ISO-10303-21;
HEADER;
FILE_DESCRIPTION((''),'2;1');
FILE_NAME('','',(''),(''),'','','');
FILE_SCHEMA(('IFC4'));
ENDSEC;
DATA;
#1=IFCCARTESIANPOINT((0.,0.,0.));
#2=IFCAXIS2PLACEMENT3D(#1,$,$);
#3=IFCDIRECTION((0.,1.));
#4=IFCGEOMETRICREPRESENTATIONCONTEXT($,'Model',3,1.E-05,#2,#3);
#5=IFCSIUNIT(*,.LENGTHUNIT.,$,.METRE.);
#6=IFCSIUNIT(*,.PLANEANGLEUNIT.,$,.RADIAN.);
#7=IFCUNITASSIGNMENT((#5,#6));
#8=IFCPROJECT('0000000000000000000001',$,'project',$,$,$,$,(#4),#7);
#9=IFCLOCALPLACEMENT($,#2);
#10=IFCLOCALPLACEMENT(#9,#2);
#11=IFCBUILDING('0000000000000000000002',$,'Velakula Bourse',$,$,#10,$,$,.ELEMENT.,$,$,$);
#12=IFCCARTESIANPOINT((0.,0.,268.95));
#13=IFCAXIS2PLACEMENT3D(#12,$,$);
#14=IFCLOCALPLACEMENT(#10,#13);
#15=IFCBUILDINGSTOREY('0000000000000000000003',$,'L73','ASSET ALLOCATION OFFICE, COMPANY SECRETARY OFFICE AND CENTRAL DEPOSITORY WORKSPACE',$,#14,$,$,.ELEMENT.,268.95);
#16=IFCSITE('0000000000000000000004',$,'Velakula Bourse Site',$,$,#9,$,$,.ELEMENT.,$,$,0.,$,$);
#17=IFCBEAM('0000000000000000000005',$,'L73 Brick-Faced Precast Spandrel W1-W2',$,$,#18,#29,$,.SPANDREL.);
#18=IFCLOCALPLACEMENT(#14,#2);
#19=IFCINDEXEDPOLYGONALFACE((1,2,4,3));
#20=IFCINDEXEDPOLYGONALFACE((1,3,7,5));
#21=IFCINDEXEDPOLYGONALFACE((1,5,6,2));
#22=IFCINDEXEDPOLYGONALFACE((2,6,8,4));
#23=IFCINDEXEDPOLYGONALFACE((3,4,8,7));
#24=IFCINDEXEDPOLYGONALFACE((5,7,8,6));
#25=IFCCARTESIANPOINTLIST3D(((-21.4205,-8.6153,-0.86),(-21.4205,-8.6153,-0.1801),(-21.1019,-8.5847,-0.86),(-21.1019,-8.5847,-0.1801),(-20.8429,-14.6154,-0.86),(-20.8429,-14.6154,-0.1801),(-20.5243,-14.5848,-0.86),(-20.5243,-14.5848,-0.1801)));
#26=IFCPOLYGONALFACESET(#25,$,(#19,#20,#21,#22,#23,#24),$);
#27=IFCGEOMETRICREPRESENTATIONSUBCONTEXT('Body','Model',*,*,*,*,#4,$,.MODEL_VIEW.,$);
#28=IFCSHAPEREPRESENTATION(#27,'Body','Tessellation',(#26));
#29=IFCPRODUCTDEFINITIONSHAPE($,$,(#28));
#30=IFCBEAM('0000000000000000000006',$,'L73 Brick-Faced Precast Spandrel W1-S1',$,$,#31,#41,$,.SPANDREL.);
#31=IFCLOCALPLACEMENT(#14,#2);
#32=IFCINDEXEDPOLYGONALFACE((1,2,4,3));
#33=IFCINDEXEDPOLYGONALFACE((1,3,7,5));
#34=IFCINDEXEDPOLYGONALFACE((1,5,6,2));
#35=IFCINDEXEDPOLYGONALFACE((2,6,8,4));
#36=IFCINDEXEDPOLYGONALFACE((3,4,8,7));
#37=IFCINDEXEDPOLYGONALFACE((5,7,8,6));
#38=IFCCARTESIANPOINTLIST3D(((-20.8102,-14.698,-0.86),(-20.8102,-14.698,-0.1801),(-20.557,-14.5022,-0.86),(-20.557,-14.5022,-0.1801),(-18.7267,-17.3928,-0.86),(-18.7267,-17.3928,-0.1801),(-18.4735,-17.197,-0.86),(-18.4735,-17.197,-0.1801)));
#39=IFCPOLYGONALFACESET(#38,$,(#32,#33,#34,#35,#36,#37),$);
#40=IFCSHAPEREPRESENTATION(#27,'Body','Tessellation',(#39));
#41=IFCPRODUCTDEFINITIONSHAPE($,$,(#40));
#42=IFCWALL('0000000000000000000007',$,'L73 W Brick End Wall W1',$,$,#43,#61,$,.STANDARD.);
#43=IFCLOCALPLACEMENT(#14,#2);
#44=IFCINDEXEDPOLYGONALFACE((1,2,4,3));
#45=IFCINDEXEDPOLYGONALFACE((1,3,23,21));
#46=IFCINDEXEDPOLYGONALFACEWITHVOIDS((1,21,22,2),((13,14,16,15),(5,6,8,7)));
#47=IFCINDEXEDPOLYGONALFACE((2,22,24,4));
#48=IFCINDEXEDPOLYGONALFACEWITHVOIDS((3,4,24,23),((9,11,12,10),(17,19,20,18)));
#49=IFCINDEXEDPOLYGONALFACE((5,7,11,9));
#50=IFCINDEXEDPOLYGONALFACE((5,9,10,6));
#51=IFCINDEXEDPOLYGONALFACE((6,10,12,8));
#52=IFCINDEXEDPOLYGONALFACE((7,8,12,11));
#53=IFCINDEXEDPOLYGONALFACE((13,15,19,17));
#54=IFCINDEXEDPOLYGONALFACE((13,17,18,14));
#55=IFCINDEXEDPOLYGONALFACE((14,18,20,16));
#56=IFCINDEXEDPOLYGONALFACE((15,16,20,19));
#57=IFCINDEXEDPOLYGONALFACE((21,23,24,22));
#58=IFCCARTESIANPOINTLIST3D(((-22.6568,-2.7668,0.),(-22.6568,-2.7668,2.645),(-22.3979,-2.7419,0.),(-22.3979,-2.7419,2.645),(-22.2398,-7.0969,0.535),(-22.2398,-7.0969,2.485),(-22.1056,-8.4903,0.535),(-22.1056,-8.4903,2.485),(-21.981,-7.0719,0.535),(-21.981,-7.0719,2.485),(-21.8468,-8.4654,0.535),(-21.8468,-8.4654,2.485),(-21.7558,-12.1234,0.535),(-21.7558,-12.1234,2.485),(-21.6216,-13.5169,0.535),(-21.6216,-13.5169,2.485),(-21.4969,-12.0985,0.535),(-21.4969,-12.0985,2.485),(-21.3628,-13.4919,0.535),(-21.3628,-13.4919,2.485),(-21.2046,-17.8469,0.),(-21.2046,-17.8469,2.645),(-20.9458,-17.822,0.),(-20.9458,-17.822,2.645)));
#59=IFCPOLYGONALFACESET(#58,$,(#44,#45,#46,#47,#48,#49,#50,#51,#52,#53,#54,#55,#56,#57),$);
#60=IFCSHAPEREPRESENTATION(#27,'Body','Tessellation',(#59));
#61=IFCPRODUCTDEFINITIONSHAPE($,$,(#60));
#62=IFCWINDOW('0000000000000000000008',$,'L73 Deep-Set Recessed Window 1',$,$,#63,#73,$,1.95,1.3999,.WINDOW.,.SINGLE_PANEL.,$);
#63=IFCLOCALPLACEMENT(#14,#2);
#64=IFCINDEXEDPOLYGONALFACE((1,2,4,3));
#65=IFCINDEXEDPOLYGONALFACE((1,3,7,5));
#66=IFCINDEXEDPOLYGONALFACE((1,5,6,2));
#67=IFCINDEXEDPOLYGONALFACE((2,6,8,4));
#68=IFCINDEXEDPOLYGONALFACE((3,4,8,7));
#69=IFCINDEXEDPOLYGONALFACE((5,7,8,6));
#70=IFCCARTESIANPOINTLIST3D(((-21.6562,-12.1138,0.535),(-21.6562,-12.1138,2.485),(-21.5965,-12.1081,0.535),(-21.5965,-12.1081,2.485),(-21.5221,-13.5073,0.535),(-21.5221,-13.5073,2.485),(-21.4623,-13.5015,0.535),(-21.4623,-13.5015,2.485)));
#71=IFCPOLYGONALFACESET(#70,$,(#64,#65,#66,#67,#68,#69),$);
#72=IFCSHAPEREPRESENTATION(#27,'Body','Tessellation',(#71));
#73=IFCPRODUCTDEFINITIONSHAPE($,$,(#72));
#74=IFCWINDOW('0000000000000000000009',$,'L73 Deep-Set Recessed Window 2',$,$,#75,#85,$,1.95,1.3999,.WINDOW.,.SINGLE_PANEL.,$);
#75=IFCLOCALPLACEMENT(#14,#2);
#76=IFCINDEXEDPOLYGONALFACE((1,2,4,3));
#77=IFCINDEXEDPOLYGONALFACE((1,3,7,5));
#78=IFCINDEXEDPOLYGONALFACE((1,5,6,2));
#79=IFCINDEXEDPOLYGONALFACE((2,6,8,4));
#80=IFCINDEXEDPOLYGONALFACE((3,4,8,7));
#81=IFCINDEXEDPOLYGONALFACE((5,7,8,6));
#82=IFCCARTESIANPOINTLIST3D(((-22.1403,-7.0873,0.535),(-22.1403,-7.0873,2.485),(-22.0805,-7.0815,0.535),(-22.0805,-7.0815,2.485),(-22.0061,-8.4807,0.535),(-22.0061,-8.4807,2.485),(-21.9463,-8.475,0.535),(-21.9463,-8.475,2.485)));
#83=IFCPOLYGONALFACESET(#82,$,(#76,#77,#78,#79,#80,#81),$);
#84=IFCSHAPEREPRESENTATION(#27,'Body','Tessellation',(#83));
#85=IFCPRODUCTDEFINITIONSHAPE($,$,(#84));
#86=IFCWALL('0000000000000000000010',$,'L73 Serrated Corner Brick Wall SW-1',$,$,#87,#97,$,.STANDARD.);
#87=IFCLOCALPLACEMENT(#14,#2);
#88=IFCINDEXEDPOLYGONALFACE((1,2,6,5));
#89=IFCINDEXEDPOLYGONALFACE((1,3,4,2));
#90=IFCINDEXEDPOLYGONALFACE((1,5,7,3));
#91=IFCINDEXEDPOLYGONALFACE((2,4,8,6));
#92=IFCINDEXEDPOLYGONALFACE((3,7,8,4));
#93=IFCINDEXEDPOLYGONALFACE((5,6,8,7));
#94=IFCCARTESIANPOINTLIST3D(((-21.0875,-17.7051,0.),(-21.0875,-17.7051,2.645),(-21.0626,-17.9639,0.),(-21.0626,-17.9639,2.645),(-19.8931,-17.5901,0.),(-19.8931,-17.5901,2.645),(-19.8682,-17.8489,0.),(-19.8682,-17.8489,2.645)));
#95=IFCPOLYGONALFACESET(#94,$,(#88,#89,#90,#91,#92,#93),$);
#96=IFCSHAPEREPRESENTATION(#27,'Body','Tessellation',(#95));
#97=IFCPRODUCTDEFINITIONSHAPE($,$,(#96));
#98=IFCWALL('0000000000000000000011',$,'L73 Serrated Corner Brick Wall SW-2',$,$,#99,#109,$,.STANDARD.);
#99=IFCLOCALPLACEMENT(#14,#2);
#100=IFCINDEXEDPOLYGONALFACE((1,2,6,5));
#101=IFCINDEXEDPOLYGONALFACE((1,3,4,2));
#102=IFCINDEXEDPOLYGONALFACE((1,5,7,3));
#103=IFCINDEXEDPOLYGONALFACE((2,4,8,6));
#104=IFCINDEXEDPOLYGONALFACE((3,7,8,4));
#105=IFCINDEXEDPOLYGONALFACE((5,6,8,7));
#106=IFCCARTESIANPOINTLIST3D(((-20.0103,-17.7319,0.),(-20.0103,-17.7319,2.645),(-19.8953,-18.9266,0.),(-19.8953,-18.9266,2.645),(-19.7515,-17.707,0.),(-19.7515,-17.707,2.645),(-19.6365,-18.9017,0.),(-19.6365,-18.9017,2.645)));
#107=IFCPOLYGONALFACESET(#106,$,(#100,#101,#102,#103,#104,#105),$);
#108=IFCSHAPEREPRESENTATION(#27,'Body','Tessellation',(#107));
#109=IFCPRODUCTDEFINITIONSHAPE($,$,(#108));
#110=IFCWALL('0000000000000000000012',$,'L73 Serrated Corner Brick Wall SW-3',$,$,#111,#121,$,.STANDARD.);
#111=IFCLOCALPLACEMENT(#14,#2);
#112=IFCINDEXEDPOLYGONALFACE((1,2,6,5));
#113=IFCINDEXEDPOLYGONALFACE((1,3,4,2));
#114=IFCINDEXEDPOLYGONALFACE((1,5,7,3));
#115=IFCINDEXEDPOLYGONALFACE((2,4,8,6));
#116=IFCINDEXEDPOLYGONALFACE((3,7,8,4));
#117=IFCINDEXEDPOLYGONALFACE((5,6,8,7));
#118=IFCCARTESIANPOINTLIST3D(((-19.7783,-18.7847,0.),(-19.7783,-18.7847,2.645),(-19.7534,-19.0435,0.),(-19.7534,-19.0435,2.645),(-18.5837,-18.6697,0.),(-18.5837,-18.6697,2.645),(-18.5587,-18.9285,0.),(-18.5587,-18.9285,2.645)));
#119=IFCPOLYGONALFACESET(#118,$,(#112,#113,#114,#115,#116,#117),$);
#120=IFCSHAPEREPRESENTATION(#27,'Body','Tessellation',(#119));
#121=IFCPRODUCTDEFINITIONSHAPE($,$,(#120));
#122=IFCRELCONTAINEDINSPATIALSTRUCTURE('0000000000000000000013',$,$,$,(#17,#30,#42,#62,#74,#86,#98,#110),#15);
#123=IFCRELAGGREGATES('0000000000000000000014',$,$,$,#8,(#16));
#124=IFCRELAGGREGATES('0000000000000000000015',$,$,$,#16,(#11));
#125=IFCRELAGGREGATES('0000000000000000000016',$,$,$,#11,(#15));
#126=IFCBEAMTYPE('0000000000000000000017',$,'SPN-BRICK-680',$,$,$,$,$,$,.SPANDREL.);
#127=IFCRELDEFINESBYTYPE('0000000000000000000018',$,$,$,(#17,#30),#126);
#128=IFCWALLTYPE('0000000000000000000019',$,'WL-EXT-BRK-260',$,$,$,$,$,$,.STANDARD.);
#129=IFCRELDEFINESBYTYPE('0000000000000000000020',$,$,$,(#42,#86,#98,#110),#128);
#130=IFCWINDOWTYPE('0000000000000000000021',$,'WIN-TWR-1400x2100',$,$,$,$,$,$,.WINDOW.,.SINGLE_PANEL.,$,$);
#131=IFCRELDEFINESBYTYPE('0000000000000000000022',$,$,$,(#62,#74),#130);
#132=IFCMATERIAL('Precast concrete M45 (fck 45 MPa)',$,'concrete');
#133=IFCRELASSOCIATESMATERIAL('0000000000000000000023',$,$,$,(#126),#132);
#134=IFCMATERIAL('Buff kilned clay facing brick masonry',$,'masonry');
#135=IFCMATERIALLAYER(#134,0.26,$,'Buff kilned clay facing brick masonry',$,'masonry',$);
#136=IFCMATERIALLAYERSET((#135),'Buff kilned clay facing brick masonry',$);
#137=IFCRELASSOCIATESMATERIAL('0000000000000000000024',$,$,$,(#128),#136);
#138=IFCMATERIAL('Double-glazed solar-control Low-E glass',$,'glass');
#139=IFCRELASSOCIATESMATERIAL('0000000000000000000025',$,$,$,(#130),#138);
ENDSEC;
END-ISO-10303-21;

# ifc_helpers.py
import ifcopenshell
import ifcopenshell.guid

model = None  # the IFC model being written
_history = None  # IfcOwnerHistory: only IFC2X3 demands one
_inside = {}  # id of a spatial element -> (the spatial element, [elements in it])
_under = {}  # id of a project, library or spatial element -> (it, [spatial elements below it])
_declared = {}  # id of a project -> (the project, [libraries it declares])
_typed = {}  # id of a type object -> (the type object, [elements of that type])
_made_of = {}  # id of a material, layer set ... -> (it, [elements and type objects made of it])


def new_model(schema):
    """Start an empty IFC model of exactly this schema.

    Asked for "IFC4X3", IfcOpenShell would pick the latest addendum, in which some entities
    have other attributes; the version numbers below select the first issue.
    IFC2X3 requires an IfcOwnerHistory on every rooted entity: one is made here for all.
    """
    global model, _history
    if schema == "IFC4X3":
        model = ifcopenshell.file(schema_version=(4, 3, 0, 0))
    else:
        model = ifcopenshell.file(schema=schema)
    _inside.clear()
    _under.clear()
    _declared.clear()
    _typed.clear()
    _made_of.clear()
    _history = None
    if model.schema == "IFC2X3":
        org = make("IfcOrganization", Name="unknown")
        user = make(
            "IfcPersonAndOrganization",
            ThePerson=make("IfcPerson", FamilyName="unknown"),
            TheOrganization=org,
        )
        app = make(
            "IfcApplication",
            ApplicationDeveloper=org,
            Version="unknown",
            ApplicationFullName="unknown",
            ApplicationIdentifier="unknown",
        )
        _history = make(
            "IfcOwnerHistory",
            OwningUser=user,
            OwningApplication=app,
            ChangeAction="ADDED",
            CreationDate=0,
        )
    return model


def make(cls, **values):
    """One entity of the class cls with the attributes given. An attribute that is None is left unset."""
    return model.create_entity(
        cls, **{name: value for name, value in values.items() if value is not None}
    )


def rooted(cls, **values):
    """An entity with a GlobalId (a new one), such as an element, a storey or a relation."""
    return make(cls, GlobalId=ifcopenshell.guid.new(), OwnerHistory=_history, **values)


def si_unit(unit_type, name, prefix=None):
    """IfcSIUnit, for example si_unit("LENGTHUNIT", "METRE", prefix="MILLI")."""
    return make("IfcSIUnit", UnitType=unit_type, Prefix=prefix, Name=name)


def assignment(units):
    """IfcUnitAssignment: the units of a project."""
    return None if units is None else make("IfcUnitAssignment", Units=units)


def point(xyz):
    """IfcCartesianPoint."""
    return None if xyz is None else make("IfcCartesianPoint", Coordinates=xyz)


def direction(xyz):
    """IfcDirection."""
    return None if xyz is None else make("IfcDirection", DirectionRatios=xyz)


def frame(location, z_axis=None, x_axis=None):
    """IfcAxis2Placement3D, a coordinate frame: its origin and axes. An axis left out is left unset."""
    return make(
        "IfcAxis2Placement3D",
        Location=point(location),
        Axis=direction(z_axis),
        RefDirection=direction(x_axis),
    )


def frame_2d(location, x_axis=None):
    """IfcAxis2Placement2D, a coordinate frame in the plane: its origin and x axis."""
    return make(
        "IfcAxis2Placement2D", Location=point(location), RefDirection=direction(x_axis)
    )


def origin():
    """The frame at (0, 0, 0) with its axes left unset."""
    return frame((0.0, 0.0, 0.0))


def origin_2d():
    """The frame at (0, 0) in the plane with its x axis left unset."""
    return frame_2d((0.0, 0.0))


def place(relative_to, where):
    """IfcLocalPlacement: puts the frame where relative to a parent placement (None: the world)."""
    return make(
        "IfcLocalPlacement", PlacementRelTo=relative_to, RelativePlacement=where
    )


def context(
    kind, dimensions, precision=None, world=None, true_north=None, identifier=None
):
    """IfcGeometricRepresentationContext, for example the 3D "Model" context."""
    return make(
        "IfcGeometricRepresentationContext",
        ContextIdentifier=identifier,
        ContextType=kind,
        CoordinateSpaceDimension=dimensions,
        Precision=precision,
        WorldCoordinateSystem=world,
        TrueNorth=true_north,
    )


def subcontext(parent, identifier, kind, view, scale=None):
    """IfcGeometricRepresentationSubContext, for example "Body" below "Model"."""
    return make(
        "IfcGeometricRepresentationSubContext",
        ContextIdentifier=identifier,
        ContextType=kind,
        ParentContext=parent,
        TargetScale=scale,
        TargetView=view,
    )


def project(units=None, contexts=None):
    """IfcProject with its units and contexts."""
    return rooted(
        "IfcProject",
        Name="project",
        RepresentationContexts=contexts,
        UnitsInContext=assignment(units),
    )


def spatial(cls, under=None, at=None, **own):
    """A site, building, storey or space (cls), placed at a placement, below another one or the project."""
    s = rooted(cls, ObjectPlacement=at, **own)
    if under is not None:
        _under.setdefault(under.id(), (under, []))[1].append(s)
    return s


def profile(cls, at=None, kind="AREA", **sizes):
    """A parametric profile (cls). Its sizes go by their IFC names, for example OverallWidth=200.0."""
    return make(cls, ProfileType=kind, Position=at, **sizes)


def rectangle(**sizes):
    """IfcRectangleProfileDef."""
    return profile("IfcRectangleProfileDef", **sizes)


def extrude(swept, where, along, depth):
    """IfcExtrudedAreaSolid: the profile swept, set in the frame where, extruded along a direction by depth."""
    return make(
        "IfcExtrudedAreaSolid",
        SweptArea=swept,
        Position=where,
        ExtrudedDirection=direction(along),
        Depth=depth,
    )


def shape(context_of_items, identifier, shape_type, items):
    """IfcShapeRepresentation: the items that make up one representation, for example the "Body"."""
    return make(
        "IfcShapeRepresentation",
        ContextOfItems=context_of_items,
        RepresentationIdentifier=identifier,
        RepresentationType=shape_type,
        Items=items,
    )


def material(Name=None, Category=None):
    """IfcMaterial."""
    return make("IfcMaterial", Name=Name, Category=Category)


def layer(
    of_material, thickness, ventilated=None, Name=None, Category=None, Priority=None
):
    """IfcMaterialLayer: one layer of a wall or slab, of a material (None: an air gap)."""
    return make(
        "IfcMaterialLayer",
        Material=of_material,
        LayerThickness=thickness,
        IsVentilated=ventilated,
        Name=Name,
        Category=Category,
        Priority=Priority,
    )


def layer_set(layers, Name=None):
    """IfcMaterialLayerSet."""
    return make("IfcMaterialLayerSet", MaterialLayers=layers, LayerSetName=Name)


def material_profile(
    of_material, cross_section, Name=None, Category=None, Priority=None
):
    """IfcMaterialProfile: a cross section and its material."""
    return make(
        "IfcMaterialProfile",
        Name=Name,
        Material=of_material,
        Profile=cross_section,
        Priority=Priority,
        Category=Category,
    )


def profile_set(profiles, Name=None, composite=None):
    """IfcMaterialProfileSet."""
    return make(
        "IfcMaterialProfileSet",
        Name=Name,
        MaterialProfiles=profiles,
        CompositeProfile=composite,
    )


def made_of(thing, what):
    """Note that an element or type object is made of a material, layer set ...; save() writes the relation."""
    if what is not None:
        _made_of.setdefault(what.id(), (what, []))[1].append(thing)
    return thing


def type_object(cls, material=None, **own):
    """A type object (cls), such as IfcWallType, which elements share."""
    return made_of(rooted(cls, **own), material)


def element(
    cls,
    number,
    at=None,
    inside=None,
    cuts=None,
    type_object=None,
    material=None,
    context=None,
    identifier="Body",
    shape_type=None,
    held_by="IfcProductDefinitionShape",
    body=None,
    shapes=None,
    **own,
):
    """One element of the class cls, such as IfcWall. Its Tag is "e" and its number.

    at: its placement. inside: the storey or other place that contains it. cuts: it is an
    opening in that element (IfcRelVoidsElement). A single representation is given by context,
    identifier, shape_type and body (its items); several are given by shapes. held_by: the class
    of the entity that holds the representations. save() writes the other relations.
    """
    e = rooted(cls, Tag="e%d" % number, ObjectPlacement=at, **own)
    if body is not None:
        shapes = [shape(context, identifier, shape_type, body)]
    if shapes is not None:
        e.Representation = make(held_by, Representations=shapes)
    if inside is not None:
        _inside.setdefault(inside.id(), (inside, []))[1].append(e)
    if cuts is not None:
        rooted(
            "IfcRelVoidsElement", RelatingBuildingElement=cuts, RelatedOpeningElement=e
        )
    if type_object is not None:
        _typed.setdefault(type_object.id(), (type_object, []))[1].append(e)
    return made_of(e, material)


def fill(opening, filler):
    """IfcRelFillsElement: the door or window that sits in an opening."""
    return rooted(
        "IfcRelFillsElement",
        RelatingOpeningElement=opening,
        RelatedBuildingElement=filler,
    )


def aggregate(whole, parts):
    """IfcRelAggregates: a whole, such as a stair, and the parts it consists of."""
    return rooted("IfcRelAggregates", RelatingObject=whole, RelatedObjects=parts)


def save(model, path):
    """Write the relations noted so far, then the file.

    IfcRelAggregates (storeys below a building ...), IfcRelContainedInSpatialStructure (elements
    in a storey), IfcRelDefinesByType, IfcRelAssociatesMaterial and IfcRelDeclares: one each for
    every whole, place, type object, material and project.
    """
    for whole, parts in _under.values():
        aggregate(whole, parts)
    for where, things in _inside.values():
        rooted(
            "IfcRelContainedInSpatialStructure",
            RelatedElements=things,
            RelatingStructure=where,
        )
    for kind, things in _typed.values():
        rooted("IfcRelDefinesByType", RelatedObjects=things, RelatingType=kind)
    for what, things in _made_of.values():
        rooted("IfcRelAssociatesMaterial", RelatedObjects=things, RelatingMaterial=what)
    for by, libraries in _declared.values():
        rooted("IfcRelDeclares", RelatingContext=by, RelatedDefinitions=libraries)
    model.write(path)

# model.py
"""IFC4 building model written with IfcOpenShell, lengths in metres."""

from ifc_helpers import new_model, si_unit, direction, frame, frame_2d, origin, origin_2d, place, context, subcontext, project, spatial, rectangle, extrude, material, layer, layer_set, material_profile, profile_set, type_object, element, fill, save


model = new_model("IFC4")

# Units and contexts
model_context = context("Model", 3, precision=1e-05, world=origin(), true_north=direction((0.0, 1.0)))
body_context = subcontext(model_context, "Body", "Model", "MODEL_VIEW")
ifc_project = project(units=[si_unit("LENGTHUNIT", "METRE"), si_unit("PLANEANGLEUNIT", "RADIAN")], contexts=[model_context])

# Site, building, storey
site_placement = place(None, origin())
site = spatial("IfcSite", under=ifc_project, at=site_placement, Name="Velakula Bourse Site", CompositionType="ELEMENT", RefElevation=0.0)
building_placement = place(site_placement, origin())
building = spatial("IfcBuilding", under=site, at=building_placement, Name="Velakula Bourse", CompositionType="ELEMENT")
storey_placement = place(building_placement, frame((0.0, 0.0, 268.95)))
storey = spatial("IfcBuildingStorey", under=building, at=storey_placement, Name="L73", Description="ASSET ALLOCATION OFFICE, COMPANY SECRETARY OFFICE AND CENTRAL DEPOSITORY WORKSPACE", CompositionType="ELEMENT", Elevation=268.95)

# Shared definitions
ifc_material_1 = material(Name="Precast concrete M45 (fck 45 MPa)", Category="concrete")

# Beams
ifc_material_profile_1 = material_profile(ifc_material_1, rectangle(XDim=0.3201, YDim=0.6799, at=origin_2d()), Name="Precast concrete M45 (fck 45 MPa)")
ifc_profile_set_1 = profile_set([ifc_material_profile_1], Name="Precast concrete M45 (fck 45 MPa)")
beam_type_1 = type_object("IfcBeamType", Name="SPN-BRICK-680", PredefinedType="SPANDREL", material=ifc_profile_set_1)
beam_1_placement = place(storey_placement, frame((-20.6836, -14.6001, -0.52), z_axis=(-0.09583, 0.995398, 0.0), x_axis=(-0.995398, -0.09583, 0.0)))
element("IfcBeam", 1, at=beam_1_placement, inside=storey, type_object=beam_type_1, Name="L73 Brick-Faced Precast Spandrel W1-W2", PredefinedType="SPANDREL", context=body_context, shape_type="SweptSolid", body=[
    extrude(rectangle(XDim=0.3201, YDim=0.6799, at=origin_2d()), origin(), (0.0, 0.0, 1.0), 6.0278),
])
beam_2_placement = place(storey_placement, frame((-20.6836, -14.6001, -0.52), z_axis=(0.611656, -0.791124, 0.0), x_axis=(0.791124, 0.611656, 0.0)))
element("IfcBeam", 2, at=beam_2_placement, inside=storey, type_object=beam_type_1, Name="L73 Brick-Faced Precast Spandrel W1-S1", PredefinedType="SPANDREL", context=body_context, shape_type="SweptSolid", body=[
    extrude(rectangle(XDim=0.3201, YDim=0.6799, at=origin_2d()), origin(), (0.0, 0.0, 1.0), 3.4062),
])

# Wall, openings, windows
ifc_material_2 = material(Name="Buff kilned clay facing brick masonry", Category="masonry")
ifc_layer = layer(ifc_material_2, 0.26, Name="Buff kilned clay facing brick masonry", Category="masonry")
ifc_layer_set = layer_set([ifc_layer], Name="Buff kilned clay facing brick masonry")
wall_type = type_object("IfcWallType", Name="WL-EXT-BRK-260", PredefinedType="STANDARD", material=ifc_layer_set)
wall_1_placement = place(storey_placement, frame((-21.0752, -17.8345, 0.0), z_axis=(0.0, 0.0, 1.0), x_axis=(-0.095852, 0.995396, 0.0)))
wall_1 = element("IfcWall", 3, at=wall_1_placement, inside=storey, type_object=wall_type, Name="L73 W Brick End Wall W1", PredefinedType="STANDARD", context=body_context, shape_type="SweptSolid", body=[
    extrude(rectangle(XDim=15.1499, YDim=0.26, at=frame_2d((7.575, 0.0))), origin(), (0.0, 0.0, 1.0), 2.645),
])
opening_1_placement = place(wall_1_placement, frame((4.3501, 0.0, 0.5349)))
opening_1 = element("IfcOpeningElement", 4, at=opening_1_placement, cuts=wall_1, PredefinedType="OPENING", context=body_context, shape_type="SweptSolid", body=[
    extrude(rectangle(XDim=1.3999, YDim=1.95, at=frame_2d((0.7, 0.9751))), frame((0.0, 0.1399, 0.0), z_axis=(0.0, -1.0, 0.0), x_axis=(1.0, 0.0, 0.0)), (0.0, 0.0, 1.0), 0.28),
])
opening_2_placement = place(wall_1_placement, frame((9.3999, 0.0, 0.5349)))
opening_2 = element("IfcOpeningElement", 5, at=opening_2_placement, cuts=wall_1, PredefinedType="OPENING", context=body_context, shape_type="SweptSolid", body=[
    extrude(rectangle(XDim=1.3999, YDim=1.95, at=frame_2d((0.7, 0.9751))), frame((0.0, 0.1399, 0.0), z_axis=(0.0, -1.0, 0.0), x_axis=(1.0, 0.0, 0.0)), (0.0, 0.0, 1.0), 0.28),
])
ifc_material_3 = material(Name="Double-glazed solar-control Low-E glass", Category="glass")
window_type = type_object("IfcWindowType", Name="WIN-TWR-1400x2100", PartitioningType="SINGLE_PANEL", PredefinedType="WINDOW", material=ifc_material_3)
window_1_placement = place(opening_1_placement, origin())
window_1 = element("IfcWindow", 6, at=window_1_placement, inside=storey, type_object=window_type, Name="L73 Deep-Set Recessed Window 1", OverallHeight=1.95, OverallWidth=1.3999, PartitioningType="SINGLE_PANEL", PredefinedType="WINDOW", context=body_context, shape_type="SweptSolid", body=[
    extrude(rectangle(XDim=1.3999, YDim=1.95, at=frame_2d((0.7, 0.9751))), frame((0.0, 0.03, 0.0), z_axis=(0.0, -1.0, 0.0), x_axis=(1.0, 0.0, 0.0)), (0.0, 0.0, 1.0), 0.0601),
])
fill(opening_1, window_1)
window_2_placement = place(opening_2_placement, origin())
window_2 = element("IfcWindow", 7, at=window_2_placement, inside=storey, type_object=window_type, Name="L73 Deep-Set Recessed Window 2", OverallHeight=1.95, OverallWidth=1.3999, PartitioningType="SINGLE_PANEL", PredefinedType="WINDOW", context=body_context, shape_type="SweptSolid", body=[
    extrude(rectangle(XDim=1.3999, YDim=1.95, at=frame_2d((0.7, 0.9751))), frame((0.0, 0.03, 0.0), z_axis=(0.0, -1.0, 0.0), x_axis=(1.0, 0.0, 0.0)), (0.0, 0.0, 1.0), 0.0601),
])
fill(opening_2, window_2)

# Walls
wall_2_placement = place(storey_placement, frame((-21.0752, -17.8345, 0.0), z_axis=(0.0, 0.0, 1.0), x_axis=(0.995397, 0.095836, 0.0)))
element("IfcWall", 8, at=wall_2_placement, inside=storey, type_object=wall_type, Name="L73 Serrated Corner Brick Wall SW-1", PredefinedType="STANDARD", context=body_context, shape_type="SweptSolid", body=[
    extrude(rectangle(XDim=1.2, YDim=0.26, at=frame_2d((0.6001, 0.0))), origin(), (0.0, 0.0, 1.0), 2.645),
])
for number, where, z_axis, x_axis, name in (
    (9, (-19.8809, -17.7195, 0.0), (0.0, 0.0, 1.0), (0.095817, -0.995399, 0.0), "L73 Serrated Corner Brick Wall SW-2"),
    (10, (-19.7659, -18.9141, 0.0), (0.0, 0.0, 1.0), (0.995399, 0.095817, 0.0), "L73 Serrated Corner Brick Wall SW-3"),
):
    element("IfcWall", number, at=place(storey_placement, frame(where, z_axis=z_axis, x_axis=x_axis)), inside=storey, type_object=wall_type, Name=name, PredefinedType="STANDARD", context=body_context, shape_type="SweptSolid", body=[
        extrude(rectangle(XDim=1.2002, YDim=0.26, at=frame_2d((0.6001, 0.0))), origin(), (0.0, 0.0, 1.0), 2.645),
    ])

save(model, "model.ifc")
